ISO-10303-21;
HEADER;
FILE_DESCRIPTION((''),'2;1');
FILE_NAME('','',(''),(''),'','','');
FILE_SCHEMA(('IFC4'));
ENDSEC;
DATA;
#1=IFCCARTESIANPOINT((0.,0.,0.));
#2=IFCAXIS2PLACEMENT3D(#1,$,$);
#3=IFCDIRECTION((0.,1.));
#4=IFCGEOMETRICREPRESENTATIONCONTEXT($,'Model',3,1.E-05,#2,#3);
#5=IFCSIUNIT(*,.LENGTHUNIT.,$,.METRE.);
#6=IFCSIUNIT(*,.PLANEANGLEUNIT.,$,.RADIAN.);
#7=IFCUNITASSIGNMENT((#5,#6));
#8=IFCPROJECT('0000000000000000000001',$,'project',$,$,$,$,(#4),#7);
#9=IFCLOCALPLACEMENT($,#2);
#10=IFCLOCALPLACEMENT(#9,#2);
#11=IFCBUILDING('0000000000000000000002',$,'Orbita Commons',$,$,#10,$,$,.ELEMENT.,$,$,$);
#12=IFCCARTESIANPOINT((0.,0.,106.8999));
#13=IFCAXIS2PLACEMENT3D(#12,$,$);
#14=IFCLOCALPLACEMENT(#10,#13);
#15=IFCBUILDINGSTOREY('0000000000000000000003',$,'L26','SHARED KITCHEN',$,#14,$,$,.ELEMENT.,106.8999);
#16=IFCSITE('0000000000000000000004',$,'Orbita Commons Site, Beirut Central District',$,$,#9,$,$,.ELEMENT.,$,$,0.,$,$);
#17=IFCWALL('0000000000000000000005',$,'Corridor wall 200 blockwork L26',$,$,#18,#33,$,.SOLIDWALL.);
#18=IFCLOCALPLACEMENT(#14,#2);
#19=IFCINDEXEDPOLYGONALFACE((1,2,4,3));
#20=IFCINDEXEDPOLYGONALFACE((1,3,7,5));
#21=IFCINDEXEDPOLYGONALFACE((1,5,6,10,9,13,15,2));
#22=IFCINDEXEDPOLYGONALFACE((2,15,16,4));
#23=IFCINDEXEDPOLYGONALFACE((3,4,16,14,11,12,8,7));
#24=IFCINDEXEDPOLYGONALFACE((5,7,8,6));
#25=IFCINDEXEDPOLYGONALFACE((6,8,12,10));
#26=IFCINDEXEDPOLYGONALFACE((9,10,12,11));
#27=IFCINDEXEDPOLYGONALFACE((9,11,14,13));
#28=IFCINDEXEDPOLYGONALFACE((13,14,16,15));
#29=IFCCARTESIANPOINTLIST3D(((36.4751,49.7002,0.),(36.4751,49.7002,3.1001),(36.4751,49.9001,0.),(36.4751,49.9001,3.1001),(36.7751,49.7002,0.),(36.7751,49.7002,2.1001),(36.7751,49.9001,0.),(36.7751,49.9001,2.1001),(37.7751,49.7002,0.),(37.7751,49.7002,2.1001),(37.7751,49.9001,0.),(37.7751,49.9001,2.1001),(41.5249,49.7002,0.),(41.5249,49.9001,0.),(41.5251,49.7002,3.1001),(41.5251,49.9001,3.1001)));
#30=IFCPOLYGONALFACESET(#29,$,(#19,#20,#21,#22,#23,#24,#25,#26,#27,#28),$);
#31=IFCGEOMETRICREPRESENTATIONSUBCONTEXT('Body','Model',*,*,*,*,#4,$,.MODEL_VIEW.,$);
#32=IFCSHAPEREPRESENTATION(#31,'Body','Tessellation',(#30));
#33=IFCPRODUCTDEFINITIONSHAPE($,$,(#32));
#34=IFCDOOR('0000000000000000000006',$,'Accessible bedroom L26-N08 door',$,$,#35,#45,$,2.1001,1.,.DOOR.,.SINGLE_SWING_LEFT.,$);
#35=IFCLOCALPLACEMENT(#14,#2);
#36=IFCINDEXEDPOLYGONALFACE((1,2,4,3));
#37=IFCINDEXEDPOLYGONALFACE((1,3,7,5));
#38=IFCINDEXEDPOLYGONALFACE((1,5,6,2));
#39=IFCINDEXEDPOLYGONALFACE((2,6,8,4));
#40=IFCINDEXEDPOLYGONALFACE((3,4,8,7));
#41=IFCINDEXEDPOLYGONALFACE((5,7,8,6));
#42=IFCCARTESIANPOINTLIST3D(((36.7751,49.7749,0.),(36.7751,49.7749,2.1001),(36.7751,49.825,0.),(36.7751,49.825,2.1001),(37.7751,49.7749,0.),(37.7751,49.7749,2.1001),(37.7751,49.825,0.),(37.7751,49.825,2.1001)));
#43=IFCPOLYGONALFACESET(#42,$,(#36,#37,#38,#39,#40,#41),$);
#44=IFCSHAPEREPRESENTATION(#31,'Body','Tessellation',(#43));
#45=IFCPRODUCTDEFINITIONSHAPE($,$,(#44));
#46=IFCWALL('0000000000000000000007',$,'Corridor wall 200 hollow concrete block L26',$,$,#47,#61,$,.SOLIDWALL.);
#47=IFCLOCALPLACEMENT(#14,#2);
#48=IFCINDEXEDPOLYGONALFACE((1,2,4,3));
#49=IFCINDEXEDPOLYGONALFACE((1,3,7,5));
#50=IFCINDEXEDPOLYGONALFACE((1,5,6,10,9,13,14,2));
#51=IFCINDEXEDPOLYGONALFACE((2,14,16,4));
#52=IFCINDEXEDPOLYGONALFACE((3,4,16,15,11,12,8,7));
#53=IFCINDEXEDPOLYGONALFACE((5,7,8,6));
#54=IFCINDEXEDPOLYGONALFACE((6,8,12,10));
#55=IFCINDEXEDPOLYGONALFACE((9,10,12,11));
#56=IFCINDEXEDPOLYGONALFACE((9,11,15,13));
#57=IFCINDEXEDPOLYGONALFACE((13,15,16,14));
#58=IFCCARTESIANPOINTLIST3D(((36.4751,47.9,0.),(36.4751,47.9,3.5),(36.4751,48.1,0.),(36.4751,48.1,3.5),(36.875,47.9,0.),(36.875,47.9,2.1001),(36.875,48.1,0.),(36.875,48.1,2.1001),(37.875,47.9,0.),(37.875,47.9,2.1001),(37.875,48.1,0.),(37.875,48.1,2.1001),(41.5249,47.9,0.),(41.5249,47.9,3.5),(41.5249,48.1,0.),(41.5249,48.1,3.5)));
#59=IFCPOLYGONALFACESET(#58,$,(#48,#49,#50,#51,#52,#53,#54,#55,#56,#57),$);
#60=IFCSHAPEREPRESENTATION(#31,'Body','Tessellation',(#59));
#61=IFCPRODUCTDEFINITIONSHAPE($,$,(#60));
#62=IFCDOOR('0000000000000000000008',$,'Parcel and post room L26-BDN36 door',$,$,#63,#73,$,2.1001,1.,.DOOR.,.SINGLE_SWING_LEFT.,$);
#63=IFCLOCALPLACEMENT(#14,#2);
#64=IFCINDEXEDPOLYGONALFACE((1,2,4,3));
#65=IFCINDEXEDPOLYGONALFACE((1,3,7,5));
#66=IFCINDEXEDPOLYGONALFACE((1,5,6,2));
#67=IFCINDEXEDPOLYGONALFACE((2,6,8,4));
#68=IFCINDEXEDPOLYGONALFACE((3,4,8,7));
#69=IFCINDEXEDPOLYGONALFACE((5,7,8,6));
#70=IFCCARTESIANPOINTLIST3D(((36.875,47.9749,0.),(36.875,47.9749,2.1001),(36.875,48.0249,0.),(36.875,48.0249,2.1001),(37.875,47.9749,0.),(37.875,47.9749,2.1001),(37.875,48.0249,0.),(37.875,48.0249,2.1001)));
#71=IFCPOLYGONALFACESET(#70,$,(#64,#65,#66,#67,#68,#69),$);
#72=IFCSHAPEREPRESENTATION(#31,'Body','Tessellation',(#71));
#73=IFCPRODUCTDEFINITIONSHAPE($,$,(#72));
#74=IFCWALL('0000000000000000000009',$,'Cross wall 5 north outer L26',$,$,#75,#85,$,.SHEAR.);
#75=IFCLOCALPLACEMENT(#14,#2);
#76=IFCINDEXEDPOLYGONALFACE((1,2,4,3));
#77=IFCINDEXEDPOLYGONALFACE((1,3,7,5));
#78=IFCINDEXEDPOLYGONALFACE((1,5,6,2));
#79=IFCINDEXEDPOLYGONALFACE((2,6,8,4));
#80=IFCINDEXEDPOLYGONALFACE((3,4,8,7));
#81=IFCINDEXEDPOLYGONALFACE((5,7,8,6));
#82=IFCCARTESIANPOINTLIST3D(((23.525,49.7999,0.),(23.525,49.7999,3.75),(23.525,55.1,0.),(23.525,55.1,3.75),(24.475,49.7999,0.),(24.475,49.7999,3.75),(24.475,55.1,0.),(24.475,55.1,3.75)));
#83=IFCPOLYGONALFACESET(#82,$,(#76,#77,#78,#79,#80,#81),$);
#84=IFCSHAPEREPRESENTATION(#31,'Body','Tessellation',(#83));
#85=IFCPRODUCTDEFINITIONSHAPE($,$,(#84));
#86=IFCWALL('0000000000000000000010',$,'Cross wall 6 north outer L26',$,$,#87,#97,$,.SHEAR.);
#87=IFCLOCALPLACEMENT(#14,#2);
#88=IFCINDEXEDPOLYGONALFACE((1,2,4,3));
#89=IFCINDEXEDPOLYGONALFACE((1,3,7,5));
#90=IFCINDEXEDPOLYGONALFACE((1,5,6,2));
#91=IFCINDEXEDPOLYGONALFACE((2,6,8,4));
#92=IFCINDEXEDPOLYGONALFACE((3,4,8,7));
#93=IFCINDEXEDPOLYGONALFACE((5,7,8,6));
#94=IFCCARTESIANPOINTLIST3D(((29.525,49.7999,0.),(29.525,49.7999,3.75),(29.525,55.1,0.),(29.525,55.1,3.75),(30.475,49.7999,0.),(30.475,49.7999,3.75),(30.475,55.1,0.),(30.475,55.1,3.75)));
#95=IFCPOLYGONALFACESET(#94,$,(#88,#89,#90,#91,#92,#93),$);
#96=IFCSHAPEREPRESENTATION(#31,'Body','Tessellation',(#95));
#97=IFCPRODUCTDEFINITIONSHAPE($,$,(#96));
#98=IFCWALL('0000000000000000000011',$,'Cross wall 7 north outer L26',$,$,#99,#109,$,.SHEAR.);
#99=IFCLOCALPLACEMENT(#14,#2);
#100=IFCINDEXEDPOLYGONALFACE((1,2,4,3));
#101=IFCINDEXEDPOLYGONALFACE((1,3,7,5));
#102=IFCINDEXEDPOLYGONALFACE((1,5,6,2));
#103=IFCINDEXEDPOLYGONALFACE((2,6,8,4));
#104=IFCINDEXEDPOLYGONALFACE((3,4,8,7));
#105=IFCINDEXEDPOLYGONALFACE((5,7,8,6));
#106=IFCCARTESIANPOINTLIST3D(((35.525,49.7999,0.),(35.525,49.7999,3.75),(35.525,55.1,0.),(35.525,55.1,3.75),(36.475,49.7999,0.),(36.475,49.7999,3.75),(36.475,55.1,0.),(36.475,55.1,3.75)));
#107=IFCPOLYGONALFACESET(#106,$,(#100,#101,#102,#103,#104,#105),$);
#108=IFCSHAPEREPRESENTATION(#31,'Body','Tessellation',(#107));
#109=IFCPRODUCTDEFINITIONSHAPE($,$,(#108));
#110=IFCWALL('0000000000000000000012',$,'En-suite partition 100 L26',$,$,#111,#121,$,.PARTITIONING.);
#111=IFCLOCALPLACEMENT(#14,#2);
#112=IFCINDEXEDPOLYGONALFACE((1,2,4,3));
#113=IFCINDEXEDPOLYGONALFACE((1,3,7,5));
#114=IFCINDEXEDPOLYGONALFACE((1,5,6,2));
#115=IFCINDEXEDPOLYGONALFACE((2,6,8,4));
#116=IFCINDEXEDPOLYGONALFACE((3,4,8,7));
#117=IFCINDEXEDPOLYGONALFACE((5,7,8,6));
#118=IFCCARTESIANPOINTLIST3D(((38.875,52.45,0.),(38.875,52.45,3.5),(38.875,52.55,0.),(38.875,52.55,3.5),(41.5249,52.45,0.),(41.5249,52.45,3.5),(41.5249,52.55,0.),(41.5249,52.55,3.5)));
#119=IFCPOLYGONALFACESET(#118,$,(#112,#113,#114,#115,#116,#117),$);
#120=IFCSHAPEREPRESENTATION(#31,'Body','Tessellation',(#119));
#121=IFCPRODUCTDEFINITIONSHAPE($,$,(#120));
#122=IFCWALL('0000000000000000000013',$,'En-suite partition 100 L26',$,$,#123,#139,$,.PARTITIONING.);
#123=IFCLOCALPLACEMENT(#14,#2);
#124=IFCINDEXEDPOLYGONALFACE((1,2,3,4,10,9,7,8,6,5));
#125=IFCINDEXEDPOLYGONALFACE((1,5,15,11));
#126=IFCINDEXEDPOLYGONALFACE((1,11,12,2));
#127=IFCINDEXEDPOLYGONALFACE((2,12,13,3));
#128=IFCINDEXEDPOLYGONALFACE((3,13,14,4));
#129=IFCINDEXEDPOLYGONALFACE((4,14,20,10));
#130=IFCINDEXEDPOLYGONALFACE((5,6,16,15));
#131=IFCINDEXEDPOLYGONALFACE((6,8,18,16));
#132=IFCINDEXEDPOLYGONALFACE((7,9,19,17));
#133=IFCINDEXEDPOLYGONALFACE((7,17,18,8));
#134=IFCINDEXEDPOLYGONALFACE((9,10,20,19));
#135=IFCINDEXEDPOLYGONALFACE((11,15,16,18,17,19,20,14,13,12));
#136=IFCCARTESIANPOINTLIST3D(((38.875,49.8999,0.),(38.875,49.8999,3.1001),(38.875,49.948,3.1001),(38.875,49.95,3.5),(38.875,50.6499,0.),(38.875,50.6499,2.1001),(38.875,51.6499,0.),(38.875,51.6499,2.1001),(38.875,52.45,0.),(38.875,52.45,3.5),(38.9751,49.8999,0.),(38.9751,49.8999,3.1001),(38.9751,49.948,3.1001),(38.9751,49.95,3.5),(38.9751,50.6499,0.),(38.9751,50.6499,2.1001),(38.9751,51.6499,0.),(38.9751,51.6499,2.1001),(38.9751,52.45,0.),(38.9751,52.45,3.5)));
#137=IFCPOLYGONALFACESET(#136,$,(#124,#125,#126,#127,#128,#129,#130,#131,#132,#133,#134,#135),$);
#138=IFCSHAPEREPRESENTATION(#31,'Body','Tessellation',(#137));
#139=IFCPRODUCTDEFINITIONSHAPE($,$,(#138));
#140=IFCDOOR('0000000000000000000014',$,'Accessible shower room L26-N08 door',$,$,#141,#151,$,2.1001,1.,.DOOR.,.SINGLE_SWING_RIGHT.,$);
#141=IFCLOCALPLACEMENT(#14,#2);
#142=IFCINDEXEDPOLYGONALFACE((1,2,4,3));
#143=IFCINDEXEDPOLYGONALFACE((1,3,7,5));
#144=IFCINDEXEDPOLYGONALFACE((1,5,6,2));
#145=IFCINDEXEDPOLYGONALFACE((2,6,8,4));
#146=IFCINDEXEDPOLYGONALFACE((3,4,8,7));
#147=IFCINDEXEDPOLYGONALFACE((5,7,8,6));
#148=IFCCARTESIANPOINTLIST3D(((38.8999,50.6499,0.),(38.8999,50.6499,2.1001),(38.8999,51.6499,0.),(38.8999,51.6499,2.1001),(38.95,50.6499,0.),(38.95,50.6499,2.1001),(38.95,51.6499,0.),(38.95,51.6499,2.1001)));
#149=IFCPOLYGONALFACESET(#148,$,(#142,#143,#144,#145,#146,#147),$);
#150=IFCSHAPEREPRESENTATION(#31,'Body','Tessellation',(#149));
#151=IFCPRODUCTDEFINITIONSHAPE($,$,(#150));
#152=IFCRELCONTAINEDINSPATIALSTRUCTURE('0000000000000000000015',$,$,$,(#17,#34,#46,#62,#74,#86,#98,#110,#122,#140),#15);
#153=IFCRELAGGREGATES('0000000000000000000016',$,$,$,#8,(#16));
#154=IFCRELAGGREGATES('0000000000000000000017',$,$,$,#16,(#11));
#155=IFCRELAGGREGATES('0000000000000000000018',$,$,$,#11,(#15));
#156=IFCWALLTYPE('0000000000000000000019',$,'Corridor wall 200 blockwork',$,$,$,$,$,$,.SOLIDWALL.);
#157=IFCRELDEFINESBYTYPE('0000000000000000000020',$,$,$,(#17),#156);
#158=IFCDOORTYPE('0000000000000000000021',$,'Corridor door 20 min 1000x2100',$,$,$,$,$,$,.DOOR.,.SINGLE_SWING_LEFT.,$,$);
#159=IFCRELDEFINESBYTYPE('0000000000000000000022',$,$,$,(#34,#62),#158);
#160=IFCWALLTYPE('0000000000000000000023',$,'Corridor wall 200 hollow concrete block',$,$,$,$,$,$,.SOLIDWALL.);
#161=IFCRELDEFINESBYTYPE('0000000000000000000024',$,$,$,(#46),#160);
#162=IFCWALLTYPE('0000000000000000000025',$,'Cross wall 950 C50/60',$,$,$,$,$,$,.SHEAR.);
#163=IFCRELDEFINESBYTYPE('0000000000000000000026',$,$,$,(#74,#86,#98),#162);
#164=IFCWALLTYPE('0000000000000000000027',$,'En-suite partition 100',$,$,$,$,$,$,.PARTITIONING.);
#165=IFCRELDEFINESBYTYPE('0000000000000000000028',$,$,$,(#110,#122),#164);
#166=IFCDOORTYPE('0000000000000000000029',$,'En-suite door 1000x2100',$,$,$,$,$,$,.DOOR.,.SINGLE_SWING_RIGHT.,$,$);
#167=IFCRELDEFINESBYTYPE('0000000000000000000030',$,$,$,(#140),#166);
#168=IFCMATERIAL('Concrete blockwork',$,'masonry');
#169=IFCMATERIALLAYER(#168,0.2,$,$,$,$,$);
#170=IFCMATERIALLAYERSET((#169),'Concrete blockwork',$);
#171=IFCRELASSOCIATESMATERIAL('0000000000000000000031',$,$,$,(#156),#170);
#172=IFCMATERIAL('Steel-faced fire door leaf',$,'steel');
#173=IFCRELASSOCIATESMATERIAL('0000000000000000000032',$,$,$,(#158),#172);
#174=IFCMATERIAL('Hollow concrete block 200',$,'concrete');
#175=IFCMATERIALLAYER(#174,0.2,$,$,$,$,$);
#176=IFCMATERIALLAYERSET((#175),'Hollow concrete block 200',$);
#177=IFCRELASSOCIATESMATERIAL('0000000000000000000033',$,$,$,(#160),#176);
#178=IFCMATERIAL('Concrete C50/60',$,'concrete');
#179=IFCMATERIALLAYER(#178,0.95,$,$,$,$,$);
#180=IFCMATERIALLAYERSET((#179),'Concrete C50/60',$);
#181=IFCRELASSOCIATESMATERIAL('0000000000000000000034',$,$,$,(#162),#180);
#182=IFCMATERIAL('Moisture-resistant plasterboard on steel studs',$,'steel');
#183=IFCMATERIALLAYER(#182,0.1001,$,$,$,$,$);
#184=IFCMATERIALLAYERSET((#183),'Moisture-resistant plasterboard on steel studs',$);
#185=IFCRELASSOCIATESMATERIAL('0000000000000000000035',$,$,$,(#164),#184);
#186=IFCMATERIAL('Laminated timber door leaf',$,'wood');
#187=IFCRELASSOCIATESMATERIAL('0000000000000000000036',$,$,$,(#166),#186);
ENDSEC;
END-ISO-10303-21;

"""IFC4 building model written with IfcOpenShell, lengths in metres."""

from ifc_helpers import new_model, si_unit, direction, frame, frame_2d, origin, place, context, subcontext, project, spatial, polyline, rectangle, outline, extrude, material, layer, layer_set, type_object, element, fill, save


model = new_model("IFC4")

# Units and contexts
model_context = context("Model", 3, precision=1e-05, world=origin(), true_north=direction((0.0, 1.0)))
body_context = subcontext(model_context, "Body", "Model", "MODEL_VIEW")
ifc_project = project(units=[si_unit("LENGTHUNIT", "METRE"), si_unit("PLANEANGLEUNIT", "RADIAN")], contexts=[model_context])

# Site, building, storey
site_placement = place(None, origin())
site = spatial("IfcSite", under=ifc_project, at=site_placement, Name="Orbita Commons Site, Beirut Central District", CompositionType="ELEMENT", RefElevation=0.0)
building_placement = place(site_placement, origin())
building = spatial("IfcBuilding", under=site, at=building_placement, Name="Orbita Commons", CompositionType="ELEMENT")
storey_placement = place(building_placement, frame((0.0, 0.0, 106.8999)))
storey = spatial("IfcBuildingStorey", under=building, at=storey_placement, Name="L26", Description="SHARED KITCHEN", CompositionType="ELEMENT", Elevation=106.8999)

# Walls, openings, doors
ifc_material_1 = material(Name="Concrete blockwork", Category="masonry")
ifc_layer_1 = layer(ifc_material_1, 0.2)
ifc_layer_set_1 = layer_set([ifc_layer_1], Name="Concrete blockwork")
wall_type_1 = type_object("IfcWallType", Name="Corridor wall 200 blockwork", PredefinedType="SOLIDWALL", material=ifc_layer_set_1)
ifc_material_2 = material(Name="Steel-faced fire door leaf", Category="steel")
door_type_1 = type_object("IfcDoorType", Name="Corridor door 20 min 1000x2100", OperationType="SINGLE_SWING_LEFT", PredefinedType="DOOR", material=ifc_material_2)
wall_1_placement = place(storey_placement, frame((36.4751, 49.8, 0.0), z_axis=(0.0, 0.0, 1.0), x_axis=(1.0, 0.0, 0.0)))
wall_1 = element("IfcWall", 1, at=wall_1_placement, inside=storey, type_object=wall_type_1, Name="Corridor wall 200 blockwork L26", PredefinedType="SOLIDWALL", context=body_context, shape_type="SweptSolid", body=[
    extrude(outline(polyline([(0.0, 0.0), (5.0498, 0.0), (5.05, 3.1001), (0.0, 3.1001), (0.0, 0.0)])), frame((0.0, 0.1001, 0.0), z_axis=(0.0, -1.0, 0.0), x_axis=(1.0, 0.0, 0.0)), (0.0, 0.0, 1.0), 0.2),
])
opening_1_placement = place(wall_1_placement, frame((0.3, 0.0, 0.0)))
opening_1 = element("IfcOpeningElement", 2, at=opening_1_placement, cuts=wall_1, PredefinedType="OPENING", context=body_context, shape_type="SweptSolid", body=[
    extrude(rectangle(XDim=1.0, YDim=2.1001, at=frame_2d((0.5, 1.05))), frame((0.0, 0.1099, 0.0), z_axis=(0.0, -1.0, 0.0), x_axis=(1.0, 0.0, 0.0)), (0.0, 0.0, 1.0), 0.22),
])
door_1_placement = place(opening_1_placement, origin())
door_1 = element("IfcDoor", 3, at=door_1_placement, inside=storey, type_object=door_type_1, Name="Accessible bedroom L26-N08 door", OperationType="SINGLE_SWING_LEFT", OverallHeight=2.1001, OverallWidth=1.0, PredefinedType="DOOR", context=body_context, shape_type="SweptSolid", body=[
    extrude(rectangle(XDim=1.0, YDim=2.1001, at=frame_2d((0.5, 1.05))), frame((0.0, 0.0249, 0.0), z_axis=(0.0, -1.0, 0.0), x_axis=(1.0, 0.0, 0.0)), (0.0, 0.0, 1.0), 0.05),
])
fill(opening_1, door_1)
ifc_material_3 = material(Name="Hollow concrete block 200", Category="concrete")
ifc_layer_2 = layer(ifc_material_3, 0.2)
ifc_layer_set_2 = layer_set([ifc_layer_2], Name="Hollow concrete block 200")
wall_type_2 = type_object("IfcWallType", Name="Corridor wall 200 hollow concrete block", PredefinedType="SOLIDWALL", material=ifc_layer_set_2)
wall_2_placement = place(storey_placement, frame((36.4751, 48.0, 0.0), z_axis=(0.0, 0.0, 1.0), x_axis=(1.0, 0.0, 0.0)))
wall_2 = element("IfcWall", 4, at=wall_2_placement, inside=storey, type_object=wall_type_2, Name="Corridor wall 200 hollow concrete block L26", PredefinedType="SOLIDWALL", context=body_context, shape_type="SweptSolid", body=[
    extrude(rectangle(XDim=5.0498, YDim=0.2, at=frame_2d((2.5249, 0.0))), origin(), (0.0, 0.0, 1.0), 3.5),
])
opening_2_placement = place(wall_2_placement, frame((0.3999, 0.0, 0.0)))
opening_2 = element("IfcOpeningElement", 5, at=opening_2_placement, cuts=wall_2, PredefinedType="OPENING", context=body_context, shape_type="SweptSolid", body=[
    extrude(rectangle(XDim=1.0, YDim=2.1001, at=frame_2d((0.5, 1.05))), frame((0.0, 0.1099, 0.0), z_axis=(0.0, -1.0, 0.0), x_axis=(1.0, 0.0, 0.0)), (0.0, 0.0, 1.0), 0.22),
])
door_2_placement = place(opening_2_placement, origin())
door_2 = element("IfcDoor", 6, at=door_2_placement, inside=storey, type_object=door_type_1, Name="Parcel and post room L26-BDN36 door", OperationType="SINGLE_SWING_LEFT", OverallHeight=2.1001, OverallWidth=1.0, PredefinedType="DOOR", context=body_context, shape_type="SweptSolid", body=[
    extrude(rectangle(XDim=1.0, YDim=2.1001, at=frame_2d((0.5, 1.05))), frame((0.0, 0.0249, 0.0), z_axis=(0.0, -1.0, 0.0), x_axis=(1.0, 0.0, 0.0)), (0.0, 0.0, 1.0), 0.05),
])
fill(opening_2, door_2)

# Walls
ifc_material_4 = material(Name="Concrete C50/60", Category="concrete")
ifc_layer_3 = layer(ifc_material_4, 0.95)
ifc_layer_set_3 = layer_set([ifc_layer_3], Name="Concrete C50/60")
wall_type_3 = type_object("IfcWallType", Name="Cross wall 950 C50/60", PredefinedType="SHEAR", material=ifc_layer_set_3)
for number, where, z_axis, x_axis, name in (
    (7, (24.0, 49.8, 0.0), (0.0, 0.0, 1.0), (0.0, 1.0, 0.0), "Cross wall 5 north outer L26"),
    (8, (30.0, 49.8, 0.0), (0.0, 0.0, 1.0), (0.0, 1.0, 0.0), "Cross wall 6 north outer L26"),
    (9, (36.0, 49.8, 0.0), (0.0, 0.0, 1.0), (0.0, 1.0, 0.0), "Cross wall 7 north outer L26"),
):
    element("IfcWall", number, at=place(storey_placement, frame(where, z_axis=z_axis, x_axis=x_axis)), inside=storey, type_object=wall_type_3, Name=name, PredefinedType="SHEAR", context=body_context, shape_type="SweptSolid", body=[
        extrude(rectangle(XDim=5.3, YDim=0.95, at=frame_2d((2.6499, 0.0))), origin(), (0.0, 0.0, 1.0), 3.75),
    ])
ifc_material_5 = material(Name="Moisture-resistant plasterboard on steel studs", Category="steel")
ifc_layer_4 = layer(ifc_material_5, 0.1001)
ifc_layer_set_4 = layer_set([ifc_layer_4], Name="Moisture-resistant plasterboard on steel studs")
wall_type_4 = type_object("IfcWallType", Name="En-suite partition 100", PredefinedType="PARTITIONING", material=ifc_layer_set_4)
wall_3_placement = place(storey_placement, frame((38.875, 52.5, 0.0), z_axis=(0.0, 0.0, 1.0), x_axis=(1.0, 0.0, 0.0)))
element("IfcWall", 10, at=wall_3_placement, inside=storey, type_object=wall_type_4, Name="En-suite partition 100 L26", PredefinedType="PARTITIONING", context=body_context, shape_type="SweptSolid", body=[
    extrude(rectangle(XDim=2.6499, YDim=0.1001, at=frame_2d((1.325, 0.0))), origin(), (0.0, 0.0, 1.0), 3.5),
])

# Wall, opening, door
wall_4_placement = place(storey_placement, frame((38.925, 52.45, 0.0), z_axis=(0.0, 0.0, 1.0), x_axis=(0.0, -1.0, 0.0)))
wall_4 = element("IfcWall", 11, at=wall_4_placement, inside=storey, type_object=wall_type_4, Name="En-suite partition 100 L26", PredefinedType="PARTITIONING", context=body_context, shape_type="SweptSolid", body=[
    extrude(outline(polyline([(0.0, 0.0), (2.55, 0.0), (2.55, 3.1001), (2.502, 3.1001), (2.5, 3.5), (0.0, 3.5), (0.0, 0.0)])), frame((0.0, 0.05, 0.0), z_axis=(0.0, -1.0, 0.0), x_axis=(1.0, 0.0, 0.0)), (0.0, 0.0, 1.0), 0.1001),
])
opening_3_placement = place(wall_4_placement, frame((0.8, 0.0, 0.0)))
opening_3 = element("IfcOpeningElement", 12, at=opening_3_placement, cuts=wall_4, PredefinedType="OPENING", context=body_context, shape_type="SweptSolid", body=[
    extrude(rectangle(XDim=1.0, YDim=2.1001, at=frame_2d((0.5, 1.05))), frame((0.0, 0.0601, 0.0), z_axis=(0.0, -1.0, 0.0), x_axis=(1.0, 0.0, 0.0)), (0.0, 0.0, 1.0), 0.1201),
])
ifc_material_6 = material(Name="Laminated timber door leaf", Category="wood")
door_type_2 = type_object("IfcDoorType", Name="En-suite door 1000x2100", OperationType="SINGLE_SWING_RIGHT", PredefinedType="DOOR", material=ifc_material_6)
door_3_placement = place(opening_3_placement, origin())
door_3 = element("IfcDoor", 13, at=door_3_placement, inside=storey, type_object=door_type_2, Name="Accessible shower room L26-N08 door", OperationType="SINGLE_SWING_RIGHT", OverallHeight=2.1001, OverallWidth=1.0, PredefinedType="DOOR", context=body_context, shape_type="SweptSolid", body=[
    extrude(rectangle(XDim=1.0, YDim=2.1001, at=frame_2d((0.5, 1.05))), frame((0.0, 0.0249, 0.0), z_axis=(0.0, -1.0, 0.0), x_axis=(1.0, 0.0, 0.0)), (0.0, 0.0, 1.0), 0.05),
])
fill(opening_3, door_3)

save(model, "model.ifc")
